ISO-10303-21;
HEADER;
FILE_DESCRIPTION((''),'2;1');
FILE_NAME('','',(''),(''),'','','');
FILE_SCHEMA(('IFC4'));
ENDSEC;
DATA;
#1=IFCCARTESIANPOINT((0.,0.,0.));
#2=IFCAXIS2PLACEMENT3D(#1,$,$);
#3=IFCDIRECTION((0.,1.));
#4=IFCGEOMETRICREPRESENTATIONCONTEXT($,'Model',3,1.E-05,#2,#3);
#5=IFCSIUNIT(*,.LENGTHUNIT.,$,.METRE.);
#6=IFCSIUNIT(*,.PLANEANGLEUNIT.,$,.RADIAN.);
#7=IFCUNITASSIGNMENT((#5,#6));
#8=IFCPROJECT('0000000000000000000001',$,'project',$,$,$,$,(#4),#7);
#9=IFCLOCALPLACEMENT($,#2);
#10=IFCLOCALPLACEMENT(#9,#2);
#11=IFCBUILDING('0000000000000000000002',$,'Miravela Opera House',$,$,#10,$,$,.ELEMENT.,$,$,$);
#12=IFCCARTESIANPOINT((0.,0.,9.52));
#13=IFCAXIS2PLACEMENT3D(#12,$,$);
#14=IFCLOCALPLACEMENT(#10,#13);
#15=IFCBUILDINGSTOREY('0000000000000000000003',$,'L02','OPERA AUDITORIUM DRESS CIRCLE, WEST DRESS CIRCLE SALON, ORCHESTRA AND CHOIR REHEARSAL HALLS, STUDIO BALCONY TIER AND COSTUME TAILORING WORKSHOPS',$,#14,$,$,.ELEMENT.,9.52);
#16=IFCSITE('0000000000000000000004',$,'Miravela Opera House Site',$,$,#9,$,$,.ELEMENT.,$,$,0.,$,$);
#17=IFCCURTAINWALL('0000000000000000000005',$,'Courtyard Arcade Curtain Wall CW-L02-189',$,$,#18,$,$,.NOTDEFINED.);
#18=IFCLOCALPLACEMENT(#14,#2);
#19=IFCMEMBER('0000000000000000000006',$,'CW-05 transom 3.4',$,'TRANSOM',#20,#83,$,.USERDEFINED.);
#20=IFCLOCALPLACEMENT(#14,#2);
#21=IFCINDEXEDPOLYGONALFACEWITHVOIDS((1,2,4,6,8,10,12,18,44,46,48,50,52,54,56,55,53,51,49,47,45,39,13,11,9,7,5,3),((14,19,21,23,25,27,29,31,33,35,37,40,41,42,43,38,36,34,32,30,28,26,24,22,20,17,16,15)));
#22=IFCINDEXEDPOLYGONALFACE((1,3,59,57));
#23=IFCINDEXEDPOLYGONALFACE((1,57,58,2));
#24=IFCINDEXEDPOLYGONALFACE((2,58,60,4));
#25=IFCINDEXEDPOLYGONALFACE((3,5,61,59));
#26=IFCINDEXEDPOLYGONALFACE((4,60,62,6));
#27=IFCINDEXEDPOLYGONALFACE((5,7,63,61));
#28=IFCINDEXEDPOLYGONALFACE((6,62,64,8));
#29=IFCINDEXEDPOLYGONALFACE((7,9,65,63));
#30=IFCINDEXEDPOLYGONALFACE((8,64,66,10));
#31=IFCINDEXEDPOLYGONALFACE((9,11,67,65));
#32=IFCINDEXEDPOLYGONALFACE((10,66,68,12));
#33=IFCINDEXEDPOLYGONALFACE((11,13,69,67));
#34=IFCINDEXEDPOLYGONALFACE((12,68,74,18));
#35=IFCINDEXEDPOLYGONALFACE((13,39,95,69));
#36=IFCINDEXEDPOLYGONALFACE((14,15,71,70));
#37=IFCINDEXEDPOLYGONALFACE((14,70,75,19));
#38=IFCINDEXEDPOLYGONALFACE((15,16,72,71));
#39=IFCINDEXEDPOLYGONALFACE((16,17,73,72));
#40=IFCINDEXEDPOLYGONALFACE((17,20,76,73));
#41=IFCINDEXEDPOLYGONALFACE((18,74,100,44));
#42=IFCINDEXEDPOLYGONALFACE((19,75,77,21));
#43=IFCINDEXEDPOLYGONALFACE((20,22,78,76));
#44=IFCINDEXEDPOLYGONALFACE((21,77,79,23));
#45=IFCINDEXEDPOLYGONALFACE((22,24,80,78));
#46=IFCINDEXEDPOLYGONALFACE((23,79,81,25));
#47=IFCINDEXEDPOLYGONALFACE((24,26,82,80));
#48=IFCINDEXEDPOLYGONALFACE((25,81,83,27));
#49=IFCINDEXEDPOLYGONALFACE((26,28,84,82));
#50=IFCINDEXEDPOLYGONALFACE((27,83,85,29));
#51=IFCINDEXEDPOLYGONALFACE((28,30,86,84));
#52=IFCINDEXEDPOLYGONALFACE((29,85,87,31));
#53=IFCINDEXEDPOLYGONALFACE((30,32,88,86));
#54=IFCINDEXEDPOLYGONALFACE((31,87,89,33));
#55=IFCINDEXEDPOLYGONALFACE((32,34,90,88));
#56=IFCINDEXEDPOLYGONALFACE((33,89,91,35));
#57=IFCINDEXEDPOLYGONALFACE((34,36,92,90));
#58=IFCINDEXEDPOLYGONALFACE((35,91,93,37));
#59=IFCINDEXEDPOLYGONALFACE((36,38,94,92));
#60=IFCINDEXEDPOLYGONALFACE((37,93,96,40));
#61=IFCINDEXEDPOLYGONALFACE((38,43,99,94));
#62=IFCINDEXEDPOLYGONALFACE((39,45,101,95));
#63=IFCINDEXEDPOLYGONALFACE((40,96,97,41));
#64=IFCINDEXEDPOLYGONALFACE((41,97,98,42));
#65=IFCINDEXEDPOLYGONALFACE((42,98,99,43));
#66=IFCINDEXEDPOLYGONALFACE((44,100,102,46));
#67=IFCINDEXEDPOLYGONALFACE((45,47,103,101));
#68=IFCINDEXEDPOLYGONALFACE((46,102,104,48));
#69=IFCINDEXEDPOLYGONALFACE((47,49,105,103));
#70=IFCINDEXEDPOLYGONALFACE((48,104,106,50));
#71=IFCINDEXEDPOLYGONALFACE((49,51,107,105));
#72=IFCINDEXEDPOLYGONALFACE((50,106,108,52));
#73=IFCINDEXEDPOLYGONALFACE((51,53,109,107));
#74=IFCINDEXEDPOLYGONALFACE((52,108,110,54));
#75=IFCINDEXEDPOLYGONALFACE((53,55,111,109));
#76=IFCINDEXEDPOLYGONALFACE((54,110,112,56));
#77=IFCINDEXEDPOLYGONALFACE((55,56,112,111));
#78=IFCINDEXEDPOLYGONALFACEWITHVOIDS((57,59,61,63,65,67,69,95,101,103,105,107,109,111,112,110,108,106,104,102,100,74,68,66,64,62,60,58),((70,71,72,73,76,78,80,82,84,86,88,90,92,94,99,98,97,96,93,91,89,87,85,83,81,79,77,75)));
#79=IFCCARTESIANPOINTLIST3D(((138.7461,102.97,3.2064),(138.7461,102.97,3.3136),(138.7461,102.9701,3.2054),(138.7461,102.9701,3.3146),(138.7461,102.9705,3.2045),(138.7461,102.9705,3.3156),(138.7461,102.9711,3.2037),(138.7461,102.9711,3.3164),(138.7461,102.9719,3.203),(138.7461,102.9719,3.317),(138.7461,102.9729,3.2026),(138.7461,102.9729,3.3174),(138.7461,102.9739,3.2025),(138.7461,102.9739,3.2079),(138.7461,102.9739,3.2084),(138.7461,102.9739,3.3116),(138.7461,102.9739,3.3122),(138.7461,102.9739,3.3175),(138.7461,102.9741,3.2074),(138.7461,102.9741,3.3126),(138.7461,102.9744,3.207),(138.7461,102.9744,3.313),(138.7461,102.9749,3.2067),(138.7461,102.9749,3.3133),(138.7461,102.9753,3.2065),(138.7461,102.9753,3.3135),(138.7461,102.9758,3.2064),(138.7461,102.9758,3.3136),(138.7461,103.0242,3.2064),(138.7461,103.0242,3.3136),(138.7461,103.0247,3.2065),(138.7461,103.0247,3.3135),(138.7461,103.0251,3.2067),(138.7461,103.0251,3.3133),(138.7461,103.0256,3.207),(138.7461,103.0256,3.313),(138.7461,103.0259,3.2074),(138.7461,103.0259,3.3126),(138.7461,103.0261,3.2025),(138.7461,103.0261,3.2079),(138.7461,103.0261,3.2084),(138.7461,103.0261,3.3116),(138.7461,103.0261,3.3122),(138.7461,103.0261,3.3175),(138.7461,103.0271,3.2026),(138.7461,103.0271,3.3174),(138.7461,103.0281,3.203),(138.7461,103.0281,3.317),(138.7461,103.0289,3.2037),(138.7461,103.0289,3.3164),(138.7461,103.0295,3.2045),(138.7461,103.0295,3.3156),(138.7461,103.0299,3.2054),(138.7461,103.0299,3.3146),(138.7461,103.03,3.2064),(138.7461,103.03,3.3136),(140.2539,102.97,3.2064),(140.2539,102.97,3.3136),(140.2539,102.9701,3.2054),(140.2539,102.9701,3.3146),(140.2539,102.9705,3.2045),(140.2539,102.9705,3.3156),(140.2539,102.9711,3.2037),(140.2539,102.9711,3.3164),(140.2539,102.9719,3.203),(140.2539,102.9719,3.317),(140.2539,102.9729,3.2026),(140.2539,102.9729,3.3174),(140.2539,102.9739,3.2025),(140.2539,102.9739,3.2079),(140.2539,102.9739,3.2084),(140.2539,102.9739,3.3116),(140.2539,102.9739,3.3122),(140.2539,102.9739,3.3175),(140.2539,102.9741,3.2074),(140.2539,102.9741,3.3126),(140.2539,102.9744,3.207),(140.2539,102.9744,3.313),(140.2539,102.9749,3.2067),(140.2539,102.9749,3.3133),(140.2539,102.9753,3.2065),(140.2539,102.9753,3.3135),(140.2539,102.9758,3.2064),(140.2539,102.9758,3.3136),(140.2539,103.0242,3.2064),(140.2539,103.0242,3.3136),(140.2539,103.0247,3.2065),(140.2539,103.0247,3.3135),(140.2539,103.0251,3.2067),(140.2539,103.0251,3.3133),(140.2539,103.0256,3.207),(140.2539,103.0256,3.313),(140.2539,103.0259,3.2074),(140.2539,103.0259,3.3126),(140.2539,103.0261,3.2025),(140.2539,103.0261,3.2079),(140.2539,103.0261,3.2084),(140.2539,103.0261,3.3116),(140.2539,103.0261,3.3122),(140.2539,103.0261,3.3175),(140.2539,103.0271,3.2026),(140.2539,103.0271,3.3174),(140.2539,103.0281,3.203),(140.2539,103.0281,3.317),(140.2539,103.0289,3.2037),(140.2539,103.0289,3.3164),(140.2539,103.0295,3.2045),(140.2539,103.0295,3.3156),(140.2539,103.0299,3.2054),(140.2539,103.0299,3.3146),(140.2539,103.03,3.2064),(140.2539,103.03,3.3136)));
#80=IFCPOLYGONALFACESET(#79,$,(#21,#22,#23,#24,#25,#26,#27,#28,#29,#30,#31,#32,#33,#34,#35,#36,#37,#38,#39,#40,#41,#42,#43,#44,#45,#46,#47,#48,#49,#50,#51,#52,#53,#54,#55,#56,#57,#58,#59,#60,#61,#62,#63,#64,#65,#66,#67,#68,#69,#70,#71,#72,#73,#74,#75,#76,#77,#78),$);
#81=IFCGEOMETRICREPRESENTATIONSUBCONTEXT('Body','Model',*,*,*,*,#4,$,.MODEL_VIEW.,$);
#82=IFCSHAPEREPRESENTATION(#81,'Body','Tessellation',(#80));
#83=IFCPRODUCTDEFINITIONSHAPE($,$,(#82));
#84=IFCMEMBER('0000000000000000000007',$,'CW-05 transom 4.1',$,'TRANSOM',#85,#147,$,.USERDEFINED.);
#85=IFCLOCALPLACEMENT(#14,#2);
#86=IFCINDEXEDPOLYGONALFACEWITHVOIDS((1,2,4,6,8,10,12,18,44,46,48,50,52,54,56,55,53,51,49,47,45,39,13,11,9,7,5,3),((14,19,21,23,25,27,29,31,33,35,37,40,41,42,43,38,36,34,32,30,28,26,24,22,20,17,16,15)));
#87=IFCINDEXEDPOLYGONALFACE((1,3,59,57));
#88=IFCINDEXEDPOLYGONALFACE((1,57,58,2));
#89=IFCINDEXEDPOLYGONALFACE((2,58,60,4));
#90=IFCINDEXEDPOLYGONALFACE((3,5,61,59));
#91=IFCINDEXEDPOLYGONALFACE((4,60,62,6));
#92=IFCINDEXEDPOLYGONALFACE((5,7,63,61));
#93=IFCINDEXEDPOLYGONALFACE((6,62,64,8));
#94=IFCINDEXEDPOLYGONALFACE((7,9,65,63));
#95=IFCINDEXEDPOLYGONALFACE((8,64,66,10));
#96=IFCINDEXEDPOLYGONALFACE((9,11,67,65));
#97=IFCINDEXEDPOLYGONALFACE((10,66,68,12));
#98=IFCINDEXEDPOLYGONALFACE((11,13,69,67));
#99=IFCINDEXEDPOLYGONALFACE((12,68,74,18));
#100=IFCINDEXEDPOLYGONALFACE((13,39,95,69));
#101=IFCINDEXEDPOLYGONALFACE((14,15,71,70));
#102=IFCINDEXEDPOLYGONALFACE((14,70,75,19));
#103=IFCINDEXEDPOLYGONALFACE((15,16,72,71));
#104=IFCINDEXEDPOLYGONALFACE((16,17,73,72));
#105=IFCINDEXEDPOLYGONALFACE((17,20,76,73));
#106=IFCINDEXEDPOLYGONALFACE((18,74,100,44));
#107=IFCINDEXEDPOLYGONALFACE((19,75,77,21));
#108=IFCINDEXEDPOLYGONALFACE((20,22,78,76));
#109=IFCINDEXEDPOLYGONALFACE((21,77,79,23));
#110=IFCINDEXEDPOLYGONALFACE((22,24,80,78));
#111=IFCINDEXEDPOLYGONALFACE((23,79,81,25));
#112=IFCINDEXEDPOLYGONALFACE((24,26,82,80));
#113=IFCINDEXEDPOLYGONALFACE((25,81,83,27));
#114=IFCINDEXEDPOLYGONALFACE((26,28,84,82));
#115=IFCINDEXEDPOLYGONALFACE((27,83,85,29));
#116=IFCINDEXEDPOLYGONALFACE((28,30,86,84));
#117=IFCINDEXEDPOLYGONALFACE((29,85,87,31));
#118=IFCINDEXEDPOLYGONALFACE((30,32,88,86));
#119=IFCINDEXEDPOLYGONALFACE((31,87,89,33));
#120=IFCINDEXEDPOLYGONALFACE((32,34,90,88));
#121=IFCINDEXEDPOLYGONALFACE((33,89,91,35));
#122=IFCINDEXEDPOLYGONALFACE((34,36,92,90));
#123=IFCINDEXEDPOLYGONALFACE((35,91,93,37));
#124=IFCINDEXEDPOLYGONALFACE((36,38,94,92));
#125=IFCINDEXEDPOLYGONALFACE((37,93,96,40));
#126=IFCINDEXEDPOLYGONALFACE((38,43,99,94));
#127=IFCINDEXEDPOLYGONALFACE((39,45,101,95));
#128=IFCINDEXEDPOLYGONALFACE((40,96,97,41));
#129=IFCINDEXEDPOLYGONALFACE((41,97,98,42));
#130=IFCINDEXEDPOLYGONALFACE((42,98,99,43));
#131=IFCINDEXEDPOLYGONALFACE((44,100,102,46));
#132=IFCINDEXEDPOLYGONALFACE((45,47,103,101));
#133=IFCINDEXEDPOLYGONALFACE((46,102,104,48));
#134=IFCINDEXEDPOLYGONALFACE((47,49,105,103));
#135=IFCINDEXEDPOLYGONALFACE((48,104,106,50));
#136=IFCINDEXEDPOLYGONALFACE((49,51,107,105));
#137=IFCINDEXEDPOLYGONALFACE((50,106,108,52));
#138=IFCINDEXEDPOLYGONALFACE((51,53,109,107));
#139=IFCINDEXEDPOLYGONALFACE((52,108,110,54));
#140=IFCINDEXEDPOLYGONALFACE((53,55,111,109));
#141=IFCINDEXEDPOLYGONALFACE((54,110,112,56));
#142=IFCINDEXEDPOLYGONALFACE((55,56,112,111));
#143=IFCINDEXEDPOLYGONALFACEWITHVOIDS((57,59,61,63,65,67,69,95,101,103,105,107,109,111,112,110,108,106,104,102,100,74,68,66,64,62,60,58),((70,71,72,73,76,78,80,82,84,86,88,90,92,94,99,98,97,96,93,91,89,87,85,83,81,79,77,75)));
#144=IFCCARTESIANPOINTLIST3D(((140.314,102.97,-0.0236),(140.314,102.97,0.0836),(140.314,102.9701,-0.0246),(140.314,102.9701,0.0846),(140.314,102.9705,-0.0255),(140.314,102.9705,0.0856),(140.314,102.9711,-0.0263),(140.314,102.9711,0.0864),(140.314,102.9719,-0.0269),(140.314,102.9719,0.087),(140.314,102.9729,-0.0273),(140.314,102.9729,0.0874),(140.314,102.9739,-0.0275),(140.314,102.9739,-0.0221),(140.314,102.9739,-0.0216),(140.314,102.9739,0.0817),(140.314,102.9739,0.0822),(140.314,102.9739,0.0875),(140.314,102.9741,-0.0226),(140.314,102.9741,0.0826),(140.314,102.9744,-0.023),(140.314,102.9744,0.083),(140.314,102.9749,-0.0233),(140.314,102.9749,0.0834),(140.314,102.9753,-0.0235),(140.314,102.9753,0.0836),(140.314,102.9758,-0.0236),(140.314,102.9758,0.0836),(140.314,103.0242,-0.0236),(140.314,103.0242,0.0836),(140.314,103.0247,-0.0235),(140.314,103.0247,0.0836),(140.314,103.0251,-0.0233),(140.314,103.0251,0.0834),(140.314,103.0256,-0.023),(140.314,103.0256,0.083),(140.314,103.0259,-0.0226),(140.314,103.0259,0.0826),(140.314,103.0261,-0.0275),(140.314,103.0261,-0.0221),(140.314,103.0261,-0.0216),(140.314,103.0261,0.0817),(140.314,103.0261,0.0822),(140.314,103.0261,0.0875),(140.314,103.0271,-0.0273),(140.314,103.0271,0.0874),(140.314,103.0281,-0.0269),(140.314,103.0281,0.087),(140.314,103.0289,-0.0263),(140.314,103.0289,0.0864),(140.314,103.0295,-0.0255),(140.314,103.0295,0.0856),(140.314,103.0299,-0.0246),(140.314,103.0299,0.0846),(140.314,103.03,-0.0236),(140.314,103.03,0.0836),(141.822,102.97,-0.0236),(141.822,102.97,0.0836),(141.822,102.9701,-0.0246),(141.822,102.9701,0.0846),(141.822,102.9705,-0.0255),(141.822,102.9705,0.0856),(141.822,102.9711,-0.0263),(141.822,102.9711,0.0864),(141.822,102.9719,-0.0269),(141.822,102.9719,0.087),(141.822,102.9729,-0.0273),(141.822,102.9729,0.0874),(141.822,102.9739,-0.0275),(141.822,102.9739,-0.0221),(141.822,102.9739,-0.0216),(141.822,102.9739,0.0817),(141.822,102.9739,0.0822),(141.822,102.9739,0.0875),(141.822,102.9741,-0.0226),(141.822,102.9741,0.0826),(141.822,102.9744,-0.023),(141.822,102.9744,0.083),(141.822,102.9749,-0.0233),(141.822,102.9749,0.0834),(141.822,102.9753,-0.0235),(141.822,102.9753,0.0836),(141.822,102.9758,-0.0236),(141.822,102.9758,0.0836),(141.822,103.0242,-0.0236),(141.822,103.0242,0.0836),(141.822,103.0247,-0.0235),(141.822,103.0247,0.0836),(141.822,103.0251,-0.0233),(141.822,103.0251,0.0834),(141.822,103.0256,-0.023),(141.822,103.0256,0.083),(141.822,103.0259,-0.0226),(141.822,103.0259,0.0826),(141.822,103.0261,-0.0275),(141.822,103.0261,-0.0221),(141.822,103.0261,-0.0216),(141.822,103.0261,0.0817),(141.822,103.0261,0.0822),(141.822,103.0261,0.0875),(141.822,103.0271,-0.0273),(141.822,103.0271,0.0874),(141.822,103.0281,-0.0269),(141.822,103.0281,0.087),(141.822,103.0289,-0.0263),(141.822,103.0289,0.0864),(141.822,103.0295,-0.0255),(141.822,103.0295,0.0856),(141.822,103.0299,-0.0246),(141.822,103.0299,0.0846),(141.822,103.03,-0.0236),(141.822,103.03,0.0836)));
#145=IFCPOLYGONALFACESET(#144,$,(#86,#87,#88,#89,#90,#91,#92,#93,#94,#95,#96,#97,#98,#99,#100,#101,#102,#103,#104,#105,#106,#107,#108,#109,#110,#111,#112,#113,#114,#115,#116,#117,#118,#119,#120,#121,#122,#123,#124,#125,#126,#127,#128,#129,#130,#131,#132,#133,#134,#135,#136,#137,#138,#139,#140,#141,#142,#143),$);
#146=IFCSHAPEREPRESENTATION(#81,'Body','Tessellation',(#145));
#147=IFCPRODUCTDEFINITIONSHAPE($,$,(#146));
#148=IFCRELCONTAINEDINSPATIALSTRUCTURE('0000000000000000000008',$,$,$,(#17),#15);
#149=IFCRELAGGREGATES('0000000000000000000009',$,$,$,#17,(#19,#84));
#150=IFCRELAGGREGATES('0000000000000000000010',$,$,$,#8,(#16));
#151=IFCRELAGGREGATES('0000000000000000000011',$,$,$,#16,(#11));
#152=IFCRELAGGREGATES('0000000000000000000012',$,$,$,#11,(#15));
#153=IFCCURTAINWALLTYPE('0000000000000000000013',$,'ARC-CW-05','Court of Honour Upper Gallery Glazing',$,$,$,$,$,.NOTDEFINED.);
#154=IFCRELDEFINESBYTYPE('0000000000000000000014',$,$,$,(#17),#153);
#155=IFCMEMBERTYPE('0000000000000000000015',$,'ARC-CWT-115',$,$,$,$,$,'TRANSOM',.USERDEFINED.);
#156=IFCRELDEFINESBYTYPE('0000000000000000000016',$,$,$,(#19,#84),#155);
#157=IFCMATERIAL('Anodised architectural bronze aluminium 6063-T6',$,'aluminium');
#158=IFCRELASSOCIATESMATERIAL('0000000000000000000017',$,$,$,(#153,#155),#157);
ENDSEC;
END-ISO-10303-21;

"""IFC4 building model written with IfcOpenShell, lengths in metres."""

from ifc_helpers import new_model, si_unit, direction, frame, origin, origin_2d, place, context, subcontext, project, spatial, hollow_rectangle, extrude, material, material_profile, profile_set, type_object, element, aggregate, save


model = new_model("IFC4")

# Units and contexts
model_context = context("Model", 3, precision=1e-05, world=origin(), true_north=direction((0.0, 1.0)))
body_context = subcontext(model_context, "Body", "Model", "MODEL_VIEW")
ifc_project = project(units=[si_unit("LENGTHUNIT", "METRE"), si_unit("PLANEANGLEUNIT", "RADIAN")], contexts=[model_context])

# Site, building, storey
site_placement = place(None, origin())
site = spatial("IfcSite", under=ifc_project, at=site_placement, Name="Miravela Opera House Site", CompositionType="ELEMENT", RefElevation=0.0)
building_placement = place(site_placement, origin())
building = spatial("IfcBuilding", under=site, at=building_placement, Name="Miravela Opera House", CompositionType="ELEMENT")
storey_placement = place(building_placement, frame((0.0, 0.0, 9.52)))
storey = spatial("IfcBuildingStorey", under=building, at=storey_placement, Name="L02", Description="OPERA AUDITORIUM DRESS CIRCLE, WEST DRESS CIRCLE SALON, ORCHESTRA AND CHOIR REHEARSAL HALLS, STUDIO BALCONY TIER AND COSTUME TAILORING WORKSHOPS", CompositionType="ELEMENT", Elevation=9.52)

# Curtain wall, members
ifc_material_1 = material(Name="Anodised architectural bronze aluminium 6063-T6", Category="aluminium")
curtain_wall_type = type_object("IfcCurtainWallType", Name="ARC-CW-05", Description="Court of Honour Upper Gallery Glazing", PredefinedType="NOTDEFINED", material=ifc_material_1)
curtain_wall_placement = place(storey_placement, origin())
curtain_wall = element("IfcCurtainWall", 1, at=curtain_wall_placement, inside=storey, type_object=curtain_wall_type, Name="Courtyard Arcade Curtain Wall CW-L02-189", PredefinedType="NOTDEFINED")
ifc_material_profile_1 = material_profile(ifc_material_1, hollow_rectangle(XDim=0.0601, YDim=0.115, WallThickness=0.0039, InnerFilletRadius=0.002, OuterFilletRadius=0.0039, at=origin_2d()), Name="CWT-60X115")
ifc_profile_set_1 = profile_set([ifc_material_profile_1])
member_type_1 = type_object("IfcMemberType", Name="ARC-CWT-115", ElementType="TRANSOM", PredefinedType="USERDEFINED", material=ifc_profile_set_1)
member_1_placement = place(storey_placement, frame((138.7461, 103.0, 3.26), z_axis=(1.0, 0.0, 0.0), x_axis=(0.0, 1.0, 0.0)))
member_1 = element("IfcMember", 2, at=member_1_placement, type_object=member_type_1, Name="CW-05 transom 3.4", ObjectType="TRANSOM", PredefinedType="USERDEFINED", context=body_context, shape_type="SweptSolid", body=[
    extrude(hollow_rectangle(XDim=0.0601, YDim=0.115, WallThickness=0.0039, InnerFilletRadius=0.002, OuterFilletRadius=0.0039, at=origin_2d()), origin(), (0.0, 0.0, 1.0), 1.5078),
])
member_2_placement = place(storey_placement, frame((140.314, 103.0, 0.03), z_axis=(1.0, 0.0, 0.0), x_axis=(0.0, 1.0, 0.0)))
member_2 = element("IfcMember", 3, at=member_2_placement, type_object=member_type_1, Name="CW-05 transom 4.1", ObjectType="TRANSOM", PredefinedType="USERDEFINED", context=body_context, shape_type="SweptSolid", body=[
    extrude(hollow_rectangle(XDim=0.0601, YDim=0.115, WallThickness=0.0039, InnerFilletRadius=0.002, OuterFilletRadius=0.0039, at=origin_2d()), origin(), (0.0, 0.0, 1.0), 1.5081),
])

aggregate(curtain_wall, [member_1, member_2])

save(model, "model.ifc")
